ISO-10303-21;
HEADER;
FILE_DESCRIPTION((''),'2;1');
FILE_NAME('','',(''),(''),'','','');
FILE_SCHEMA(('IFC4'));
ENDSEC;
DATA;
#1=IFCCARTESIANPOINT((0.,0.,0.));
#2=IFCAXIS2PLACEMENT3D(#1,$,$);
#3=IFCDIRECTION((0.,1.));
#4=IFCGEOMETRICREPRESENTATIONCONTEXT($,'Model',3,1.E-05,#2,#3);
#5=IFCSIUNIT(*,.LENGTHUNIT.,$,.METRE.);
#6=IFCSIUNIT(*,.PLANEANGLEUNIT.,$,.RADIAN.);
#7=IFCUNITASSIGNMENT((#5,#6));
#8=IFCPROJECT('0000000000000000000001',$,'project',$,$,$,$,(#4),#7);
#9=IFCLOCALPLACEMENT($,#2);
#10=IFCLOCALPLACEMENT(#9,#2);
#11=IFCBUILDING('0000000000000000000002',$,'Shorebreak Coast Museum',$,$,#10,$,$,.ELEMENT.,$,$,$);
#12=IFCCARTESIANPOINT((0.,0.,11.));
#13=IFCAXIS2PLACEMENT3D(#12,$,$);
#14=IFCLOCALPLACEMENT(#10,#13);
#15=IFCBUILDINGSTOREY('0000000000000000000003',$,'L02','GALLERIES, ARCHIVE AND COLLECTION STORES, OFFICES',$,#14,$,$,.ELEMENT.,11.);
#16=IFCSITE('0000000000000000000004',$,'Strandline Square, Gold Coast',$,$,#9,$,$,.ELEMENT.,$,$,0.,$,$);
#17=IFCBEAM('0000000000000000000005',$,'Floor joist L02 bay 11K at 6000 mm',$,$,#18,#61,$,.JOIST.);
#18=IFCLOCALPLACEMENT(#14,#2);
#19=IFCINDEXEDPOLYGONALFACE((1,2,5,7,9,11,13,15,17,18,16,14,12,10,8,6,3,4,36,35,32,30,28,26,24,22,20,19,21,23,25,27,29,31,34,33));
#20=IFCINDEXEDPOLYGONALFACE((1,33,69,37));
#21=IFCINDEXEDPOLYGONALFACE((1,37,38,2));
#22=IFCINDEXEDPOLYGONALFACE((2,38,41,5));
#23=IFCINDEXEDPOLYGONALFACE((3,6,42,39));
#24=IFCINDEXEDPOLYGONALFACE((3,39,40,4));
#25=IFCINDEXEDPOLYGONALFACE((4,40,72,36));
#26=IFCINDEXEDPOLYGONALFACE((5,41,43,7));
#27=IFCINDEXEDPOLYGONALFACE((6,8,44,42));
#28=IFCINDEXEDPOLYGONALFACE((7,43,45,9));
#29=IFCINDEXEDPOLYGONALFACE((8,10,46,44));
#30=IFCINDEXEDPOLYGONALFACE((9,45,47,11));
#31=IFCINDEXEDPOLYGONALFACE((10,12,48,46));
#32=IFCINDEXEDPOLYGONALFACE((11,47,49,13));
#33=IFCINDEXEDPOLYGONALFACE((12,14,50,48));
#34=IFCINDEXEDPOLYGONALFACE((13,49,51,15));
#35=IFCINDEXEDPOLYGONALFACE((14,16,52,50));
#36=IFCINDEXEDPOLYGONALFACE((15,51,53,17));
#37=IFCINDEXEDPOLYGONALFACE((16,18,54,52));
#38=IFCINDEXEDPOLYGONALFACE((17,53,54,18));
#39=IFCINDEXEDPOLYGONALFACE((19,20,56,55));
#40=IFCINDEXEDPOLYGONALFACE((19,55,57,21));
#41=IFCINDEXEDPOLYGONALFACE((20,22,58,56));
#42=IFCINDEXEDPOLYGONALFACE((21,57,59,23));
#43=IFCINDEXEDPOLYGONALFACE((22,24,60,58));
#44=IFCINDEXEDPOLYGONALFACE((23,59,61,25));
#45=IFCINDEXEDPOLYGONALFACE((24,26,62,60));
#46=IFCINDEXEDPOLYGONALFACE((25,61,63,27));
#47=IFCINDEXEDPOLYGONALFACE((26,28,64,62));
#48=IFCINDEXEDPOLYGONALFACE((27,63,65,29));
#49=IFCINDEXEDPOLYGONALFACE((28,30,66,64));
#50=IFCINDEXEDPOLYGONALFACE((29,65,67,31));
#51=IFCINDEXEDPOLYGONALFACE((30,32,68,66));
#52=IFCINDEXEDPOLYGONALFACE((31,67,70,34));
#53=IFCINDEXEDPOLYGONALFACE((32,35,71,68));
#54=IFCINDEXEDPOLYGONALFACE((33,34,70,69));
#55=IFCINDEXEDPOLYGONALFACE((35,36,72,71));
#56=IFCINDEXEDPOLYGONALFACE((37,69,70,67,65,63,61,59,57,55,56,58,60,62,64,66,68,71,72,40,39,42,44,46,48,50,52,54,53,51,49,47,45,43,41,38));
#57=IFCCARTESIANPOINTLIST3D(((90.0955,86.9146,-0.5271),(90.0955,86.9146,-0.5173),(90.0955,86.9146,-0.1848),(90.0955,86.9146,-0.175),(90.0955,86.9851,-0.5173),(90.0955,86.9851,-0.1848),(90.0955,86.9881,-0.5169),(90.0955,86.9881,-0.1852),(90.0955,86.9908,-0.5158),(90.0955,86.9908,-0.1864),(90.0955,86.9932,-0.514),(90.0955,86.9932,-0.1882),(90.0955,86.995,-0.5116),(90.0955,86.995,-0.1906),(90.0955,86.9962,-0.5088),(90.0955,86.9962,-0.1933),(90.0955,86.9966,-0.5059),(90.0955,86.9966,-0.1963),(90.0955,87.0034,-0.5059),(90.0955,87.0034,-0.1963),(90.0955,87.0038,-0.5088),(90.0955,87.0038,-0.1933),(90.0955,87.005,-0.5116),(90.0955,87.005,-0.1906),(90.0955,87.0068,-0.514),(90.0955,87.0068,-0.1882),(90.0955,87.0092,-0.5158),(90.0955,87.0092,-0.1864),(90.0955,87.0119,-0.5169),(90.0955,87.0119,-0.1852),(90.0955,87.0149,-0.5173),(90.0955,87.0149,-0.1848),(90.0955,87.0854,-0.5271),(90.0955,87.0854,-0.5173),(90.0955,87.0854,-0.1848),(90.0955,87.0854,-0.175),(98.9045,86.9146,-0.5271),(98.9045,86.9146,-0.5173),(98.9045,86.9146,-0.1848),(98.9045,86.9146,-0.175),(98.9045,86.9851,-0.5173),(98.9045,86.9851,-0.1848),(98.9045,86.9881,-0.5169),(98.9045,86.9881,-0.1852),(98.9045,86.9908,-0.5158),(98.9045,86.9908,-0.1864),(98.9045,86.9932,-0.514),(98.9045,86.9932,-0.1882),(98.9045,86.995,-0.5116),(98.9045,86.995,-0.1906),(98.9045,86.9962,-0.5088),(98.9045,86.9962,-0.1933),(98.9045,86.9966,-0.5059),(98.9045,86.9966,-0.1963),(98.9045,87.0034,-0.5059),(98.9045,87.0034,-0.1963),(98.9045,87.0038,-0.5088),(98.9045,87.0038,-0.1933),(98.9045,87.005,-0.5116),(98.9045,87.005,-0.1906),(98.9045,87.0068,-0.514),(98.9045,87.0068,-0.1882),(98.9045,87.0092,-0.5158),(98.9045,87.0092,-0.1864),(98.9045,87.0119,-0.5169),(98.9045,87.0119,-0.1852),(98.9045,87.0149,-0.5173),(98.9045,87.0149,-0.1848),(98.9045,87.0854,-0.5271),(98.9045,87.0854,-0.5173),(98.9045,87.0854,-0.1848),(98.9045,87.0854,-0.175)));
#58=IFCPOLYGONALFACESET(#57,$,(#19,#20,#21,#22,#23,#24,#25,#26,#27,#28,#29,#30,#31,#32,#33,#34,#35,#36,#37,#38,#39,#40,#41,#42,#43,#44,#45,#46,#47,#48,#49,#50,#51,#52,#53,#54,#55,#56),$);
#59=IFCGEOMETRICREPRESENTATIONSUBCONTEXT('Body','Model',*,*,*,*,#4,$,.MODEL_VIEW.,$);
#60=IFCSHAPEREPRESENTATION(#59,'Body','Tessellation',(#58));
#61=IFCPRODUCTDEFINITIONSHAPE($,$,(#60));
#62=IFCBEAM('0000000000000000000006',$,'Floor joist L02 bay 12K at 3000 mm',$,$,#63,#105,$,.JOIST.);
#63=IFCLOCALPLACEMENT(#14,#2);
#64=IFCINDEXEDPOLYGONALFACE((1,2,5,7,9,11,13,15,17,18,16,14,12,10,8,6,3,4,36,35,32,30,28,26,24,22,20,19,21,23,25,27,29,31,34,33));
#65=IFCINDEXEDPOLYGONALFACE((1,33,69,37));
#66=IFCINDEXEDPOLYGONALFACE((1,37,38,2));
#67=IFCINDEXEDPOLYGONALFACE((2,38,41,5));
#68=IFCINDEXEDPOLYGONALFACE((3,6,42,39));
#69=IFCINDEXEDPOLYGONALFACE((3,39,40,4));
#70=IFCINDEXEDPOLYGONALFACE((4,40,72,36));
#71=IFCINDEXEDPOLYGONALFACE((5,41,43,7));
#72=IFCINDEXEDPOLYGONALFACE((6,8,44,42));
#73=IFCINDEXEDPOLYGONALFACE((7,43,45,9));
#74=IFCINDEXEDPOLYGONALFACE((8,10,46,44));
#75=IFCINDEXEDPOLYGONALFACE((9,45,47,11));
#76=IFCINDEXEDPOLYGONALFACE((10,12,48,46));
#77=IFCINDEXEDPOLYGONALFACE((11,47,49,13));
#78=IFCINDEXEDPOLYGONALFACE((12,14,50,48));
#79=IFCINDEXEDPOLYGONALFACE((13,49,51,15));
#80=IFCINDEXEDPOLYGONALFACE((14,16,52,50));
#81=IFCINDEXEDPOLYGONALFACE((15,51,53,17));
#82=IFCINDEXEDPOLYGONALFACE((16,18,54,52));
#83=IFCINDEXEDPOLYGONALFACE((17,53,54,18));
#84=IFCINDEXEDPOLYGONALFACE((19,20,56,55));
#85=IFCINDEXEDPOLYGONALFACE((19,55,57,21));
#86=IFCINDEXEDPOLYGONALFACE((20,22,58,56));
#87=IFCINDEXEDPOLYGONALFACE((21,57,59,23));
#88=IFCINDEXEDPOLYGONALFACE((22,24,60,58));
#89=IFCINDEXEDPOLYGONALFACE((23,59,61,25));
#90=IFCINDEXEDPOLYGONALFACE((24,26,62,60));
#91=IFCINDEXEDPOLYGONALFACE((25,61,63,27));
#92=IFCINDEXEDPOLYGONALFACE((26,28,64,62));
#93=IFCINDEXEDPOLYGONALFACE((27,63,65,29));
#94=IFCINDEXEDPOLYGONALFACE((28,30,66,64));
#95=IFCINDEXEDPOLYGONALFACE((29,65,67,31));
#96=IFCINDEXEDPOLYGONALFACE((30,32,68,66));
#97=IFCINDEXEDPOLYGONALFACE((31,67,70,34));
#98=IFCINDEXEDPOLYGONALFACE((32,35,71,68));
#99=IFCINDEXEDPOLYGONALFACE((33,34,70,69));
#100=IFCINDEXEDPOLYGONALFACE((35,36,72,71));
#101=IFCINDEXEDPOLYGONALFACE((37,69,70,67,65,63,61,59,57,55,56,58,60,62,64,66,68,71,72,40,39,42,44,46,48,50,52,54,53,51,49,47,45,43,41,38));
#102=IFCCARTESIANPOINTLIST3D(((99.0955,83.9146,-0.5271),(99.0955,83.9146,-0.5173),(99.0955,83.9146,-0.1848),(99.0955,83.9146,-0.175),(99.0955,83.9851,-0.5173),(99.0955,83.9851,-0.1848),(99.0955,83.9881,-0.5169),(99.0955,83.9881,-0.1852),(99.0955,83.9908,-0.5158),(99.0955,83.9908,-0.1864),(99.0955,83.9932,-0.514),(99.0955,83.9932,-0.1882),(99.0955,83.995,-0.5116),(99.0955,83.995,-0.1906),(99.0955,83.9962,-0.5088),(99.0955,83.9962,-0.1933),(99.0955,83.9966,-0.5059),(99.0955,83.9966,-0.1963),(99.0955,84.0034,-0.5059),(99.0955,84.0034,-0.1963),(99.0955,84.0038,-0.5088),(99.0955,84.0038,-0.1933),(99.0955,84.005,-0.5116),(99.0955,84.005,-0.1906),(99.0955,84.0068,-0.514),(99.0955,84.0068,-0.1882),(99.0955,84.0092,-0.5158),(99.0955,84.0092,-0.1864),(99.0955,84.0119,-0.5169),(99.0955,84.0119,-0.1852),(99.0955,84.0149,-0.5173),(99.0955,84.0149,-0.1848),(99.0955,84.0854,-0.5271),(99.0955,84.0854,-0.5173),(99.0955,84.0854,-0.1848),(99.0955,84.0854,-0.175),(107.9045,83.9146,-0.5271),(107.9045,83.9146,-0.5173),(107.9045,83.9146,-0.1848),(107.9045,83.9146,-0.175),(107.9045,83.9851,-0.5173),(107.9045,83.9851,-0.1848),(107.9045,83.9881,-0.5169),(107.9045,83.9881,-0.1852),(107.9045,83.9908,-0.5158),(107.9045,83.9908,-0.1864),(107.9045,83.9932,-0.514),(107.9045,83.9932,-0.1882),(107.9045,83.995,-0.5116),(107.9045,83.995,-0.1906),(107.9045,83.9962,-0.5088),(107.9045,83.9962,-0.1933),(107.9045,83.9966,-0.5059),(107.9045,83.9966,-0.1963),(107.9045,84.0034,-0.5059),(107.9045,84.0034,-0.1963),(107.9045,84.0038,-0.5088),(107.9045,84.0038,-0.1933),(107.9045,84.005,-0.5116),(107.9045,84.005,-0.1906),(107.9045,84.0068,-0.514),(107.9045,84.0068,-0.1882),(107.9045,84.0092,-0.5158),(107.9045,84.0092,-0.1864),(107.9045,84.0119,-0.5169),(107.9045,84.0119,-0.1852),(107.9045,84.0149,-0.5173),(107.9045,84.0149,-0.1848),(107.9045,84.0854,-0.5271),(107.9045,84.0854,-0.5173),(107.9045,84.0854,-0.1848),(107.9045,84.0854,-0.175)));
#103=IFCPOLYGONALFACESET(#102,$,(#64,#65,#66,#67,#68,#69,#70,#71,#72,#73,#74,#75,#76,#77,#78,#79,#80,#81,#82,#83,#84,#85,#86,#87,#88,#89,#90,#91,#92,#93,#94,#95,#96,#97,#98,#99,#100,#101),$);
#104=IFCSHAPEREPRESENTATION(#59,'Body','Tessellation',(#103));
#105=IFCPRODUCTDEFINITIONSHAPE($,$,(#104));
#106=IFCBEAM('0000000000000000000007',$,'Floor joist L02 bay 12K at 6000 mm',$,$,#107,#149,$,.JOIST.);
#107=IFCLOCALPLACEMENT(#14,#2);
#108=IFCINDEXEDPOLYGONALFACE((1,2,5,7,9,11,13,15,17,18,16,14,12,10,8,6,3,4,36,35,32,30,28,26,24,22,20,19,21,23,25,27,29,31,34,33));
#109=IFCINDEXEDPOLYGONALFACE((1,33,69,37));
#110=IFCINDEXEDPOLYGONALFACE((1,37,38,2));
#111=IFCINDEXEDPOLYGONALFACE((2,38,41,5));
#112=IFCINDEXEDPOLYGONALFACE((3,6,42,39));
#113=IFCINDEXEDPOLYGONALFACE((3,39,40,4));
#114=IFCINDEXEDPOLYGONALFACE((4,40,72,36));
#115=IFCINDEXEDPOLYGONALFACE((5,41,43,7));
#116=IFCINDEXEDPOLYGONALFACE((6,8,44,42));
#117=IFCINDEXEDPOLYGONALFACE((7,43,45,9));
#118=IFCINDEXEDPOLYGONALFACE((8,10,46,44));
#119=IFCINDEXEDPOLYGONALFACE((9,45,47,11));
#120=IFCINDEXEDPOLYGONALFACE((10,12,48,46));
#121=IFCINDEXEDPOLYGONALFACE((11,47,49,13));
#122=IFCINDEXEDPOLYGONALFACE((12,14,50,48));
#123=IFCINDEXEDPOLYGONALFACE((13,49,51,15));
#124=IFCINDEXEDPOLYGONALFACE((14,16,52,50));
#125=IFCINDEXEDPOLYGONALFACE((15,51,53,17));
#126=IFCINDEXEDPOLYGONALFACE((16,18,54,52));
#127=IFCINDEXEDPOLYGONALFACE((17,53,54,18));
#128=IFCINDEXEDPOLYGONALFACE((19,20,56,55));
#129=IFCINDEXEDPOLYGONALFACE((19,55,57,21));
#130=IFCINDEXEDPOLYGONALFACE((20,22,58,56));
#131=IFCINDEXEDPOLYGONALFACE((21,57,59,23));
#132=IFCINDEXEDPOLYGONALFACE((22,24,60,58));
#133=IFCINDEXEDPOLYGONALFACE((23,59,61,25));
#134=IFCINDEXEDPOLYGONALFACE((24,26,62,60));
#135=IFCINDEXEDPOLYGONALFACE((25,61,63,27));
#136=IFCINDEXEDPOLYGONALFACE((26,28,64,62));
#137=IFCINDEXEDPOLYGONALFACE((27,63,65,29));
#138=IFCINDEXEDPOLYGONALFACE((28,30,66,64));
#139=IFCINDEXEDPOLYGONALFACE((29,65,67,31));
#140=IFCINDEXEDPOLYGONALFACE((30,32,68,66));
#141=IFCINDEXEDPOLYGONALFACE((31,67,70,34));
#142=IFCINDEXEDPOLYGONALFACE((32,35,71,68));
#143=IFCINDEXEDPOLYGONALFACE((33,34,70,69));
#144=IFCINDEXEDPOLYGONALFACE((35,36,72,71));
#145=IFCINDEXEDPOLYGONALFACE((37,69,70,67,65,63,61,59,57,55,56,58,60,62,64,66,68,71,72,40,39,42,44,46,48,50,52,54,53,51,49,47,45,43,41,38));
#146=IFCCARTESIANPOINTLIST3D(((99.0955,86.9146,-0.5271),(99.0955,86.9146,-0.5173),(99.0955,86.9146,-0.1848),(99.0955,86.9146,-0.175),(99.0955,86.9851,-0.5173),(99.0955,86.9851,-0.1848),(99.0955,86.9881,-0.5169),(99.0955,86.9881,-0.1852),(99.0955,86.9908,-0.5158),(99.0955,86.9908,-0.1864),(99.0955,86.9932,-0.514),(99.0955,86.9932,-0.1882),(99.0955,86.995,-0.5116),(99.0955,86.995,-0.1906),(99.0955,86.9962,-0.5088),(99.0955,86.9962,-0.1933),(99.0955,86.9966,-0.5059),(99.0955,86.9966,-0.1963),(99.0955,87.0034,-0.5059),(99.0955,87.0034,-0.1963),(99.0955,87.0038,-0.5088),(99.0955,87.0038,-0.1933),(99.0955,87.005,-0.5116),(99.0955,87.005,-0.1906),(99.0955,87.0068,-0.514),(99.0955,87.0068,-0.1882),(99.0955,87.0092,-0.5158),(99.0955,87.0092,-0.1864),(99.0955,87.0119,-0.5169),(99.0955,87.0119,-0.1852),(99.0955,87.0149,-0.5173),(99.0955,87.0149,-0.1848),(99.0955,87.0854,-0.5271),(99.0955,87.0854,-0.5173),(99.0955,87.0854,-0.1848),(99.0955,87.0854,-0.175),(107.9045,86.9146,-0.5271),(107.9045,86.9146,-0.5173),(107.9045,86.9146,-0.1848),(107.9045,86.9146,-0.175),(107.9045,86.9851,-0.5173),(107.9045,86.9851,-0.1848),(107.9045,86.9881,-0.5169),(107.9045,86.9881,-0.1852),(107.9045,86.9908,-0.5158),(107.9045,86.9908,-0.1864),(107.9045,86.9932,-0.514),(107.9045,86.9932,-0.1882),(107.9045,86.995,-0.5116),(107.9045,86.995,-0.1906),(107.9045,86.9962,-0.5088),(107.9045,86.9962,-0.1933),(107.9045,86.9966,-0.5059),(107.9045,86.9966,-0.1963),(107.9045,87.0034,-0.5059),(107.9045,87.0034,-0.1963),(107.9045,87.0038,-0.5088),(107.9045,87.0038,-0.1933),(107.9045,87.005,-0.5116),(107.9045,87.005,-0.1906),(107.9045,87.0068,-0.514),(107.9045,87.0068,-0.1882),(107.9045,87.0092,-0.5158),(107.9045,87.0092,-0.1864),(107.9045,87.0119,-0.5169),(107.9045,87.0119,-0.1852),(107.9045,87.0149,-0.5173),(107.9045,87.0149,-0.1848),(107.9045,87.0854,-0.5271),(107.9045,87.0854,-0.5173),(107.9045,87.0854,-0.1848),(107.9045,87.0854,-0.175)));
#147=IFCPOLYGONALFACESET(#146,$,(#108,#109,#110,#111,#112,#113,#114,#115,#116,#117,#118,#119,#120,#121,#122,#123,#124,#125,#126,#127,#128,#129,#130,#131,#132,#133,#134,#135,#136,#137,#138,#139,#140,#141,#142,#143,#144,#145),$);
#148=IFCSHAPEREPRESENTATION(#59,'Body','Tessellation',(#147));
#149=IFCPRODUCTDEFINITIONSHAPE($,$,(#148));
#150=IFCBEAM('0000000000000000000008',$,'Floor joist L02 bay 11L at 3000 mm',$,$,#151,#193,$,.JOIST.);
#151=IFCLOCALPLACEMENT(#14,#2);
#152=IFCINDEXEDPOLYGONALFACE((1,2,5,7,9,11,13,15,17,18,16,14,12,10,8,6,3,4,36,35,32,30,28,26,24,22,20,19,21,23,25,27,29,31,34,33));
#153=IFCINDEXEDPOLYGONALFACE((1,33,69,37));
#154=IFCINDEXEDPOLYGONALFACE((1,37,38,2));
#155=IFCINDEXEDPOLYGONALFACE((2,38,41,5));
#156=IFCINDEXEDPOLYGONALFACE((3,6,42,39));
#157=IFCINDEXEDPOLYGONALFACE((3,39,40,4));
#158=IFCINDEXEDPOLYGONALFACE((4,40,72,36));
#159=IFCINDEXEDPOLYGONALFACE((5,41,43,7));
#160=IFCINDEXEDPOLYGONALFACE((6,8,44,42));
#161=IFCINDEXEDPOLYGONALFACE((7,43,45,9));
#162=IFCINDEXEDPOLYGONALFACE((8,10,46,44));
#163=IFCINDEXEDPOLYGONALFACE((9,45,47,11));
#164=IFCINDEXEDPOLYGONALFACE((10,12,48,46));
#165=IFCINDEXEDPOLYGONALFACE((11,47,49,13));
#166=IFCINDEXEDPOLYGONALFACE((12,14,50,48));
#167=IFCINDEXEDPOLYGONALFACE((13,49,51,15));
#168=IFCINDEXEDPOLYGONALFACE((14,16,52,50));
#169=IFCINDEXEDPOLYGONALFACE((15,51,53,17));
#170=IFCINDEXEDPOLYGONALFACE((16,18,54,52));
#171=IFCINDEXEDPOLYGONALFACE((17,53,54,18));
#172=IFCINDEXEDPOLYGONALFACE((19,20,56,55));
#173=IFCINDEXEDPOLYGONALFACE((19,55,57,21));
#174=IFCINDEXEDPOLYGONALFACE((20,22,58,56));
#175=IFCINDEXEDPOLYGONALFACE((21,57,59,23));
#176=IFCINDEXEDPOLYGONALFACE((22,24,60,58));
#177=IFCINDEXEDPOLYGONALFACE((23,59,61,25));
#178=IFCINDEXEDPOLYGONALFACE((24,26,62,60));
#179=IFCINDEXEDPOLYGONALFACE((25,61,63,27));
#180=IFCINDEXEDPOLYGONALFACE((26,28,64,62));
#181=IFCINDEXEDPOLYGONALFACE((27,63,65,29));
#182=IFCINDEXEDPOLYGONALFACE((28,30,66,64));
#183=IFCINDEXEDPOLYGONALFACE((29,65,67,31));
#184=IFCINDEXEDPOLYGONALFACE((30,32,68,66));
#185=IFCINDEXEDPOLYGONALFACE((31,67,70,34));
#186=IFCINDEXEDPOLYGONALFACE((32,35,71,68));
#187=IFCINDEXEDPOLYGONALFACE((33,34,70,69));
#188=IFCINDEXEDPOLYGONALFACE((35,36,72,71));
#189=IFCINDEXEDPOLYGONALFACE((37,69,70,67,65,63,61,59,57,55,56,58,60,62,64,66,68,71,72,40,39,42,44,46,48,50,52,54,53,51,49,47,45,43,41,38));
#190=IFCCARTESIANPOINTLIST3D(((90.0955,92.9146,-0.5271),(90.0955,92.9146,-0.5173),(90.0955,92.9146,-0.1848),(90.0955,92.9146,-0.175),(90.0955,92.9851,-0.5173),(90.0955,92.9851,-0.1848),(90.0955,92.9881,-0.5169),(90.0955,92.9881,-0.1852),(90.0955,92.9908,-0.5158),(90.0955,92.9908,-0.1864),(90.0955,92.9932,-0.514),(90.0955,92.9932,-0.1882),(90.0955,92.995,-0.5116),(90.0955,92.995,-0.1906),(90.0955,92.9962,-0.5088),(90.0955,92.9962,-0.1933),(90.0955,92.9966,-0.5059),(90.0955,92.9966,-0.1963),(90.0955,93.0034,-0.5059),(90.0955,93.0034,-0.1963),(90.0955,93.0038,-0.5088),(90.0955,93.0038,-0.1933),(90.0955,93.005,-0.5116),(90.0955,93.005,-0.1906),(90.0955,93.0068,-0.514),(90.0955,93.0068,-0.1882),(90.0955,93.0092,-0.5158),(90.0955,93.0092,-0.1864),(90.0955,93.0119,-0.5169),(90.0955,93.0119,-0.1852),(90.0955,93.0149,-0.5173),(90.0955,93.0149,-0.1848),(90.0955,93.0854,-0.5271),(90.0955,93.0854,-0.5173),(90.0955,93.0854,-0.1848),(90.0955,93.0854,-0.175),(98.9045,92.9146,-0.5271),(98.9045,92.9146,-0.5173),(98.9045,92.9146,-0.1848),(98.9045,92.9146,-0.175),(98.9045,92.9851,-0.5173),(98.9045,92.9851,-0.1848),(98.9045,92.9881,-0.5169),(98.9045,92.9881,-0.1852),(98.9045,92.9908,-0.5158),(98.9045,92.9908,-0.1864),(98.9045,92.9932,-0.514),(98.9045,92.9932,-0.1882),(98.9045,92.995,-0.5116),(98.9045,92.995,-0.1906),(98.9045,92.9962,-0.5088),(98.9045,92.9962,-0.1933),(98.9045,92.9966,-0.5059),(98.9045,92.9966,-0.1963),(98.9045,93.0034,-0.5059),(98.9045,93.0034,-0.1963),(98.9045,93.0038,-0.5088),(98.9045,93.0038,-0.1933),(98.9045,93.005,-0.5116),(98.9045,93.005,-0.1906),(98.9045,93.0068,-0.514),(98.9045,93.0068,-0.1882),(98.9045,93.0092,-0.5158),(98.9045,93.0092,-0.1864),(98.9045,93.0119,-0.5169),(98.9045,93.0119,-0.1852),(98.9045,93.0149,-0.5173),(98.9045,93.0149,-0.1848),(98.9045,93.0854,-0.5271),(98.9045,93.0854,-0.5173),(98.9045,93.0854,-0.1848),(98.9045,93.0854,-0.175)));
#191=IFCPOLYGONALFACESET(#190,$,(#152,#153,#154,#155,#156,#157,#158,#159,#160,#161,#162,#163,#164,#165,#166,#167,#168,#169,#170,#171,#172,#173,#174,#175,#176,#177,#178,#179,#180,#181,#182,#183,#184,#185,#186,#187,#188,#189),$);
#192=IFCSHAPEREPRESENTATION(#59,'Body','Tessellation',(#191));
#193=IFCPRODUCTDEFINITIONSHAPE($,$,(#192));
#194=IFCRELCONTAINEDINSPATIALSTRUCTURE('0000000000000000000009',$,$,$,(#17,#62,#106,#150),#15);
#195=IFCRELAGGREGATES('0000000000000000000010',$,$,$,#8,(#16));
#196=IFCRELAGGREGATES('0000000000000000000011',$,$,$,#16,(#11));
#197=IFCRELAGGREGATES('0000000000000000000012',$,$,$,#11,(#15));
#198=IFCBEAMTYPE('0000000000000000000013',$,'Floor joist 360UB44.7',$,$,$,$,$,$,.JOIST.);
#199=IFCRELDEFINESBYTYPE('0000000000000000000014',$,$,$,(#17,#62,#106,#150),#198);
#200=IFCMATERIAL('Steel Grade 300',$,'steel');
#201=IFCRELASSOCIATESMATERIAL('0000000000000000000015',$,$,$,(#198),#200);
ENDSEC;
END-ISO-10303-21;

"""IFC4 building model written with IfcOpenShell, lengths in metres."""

from ifc_helpers import new_model, si_unit, direction, frame, origin, origin_2d, place, context, subcontext, project, spatial, i_section, extrude, material, material_profile, profile_set, type_object, element, save


model = new_model("IFC4")

# Units and contexts
model_context = context("Model", 3, precision=1e-05, world=origin(), true_north=direction((0.0, 1.0)))
body_context = subcontext(model_context, "Body", "Model", "MODEL_VIEW")
ifc_project = project(units=[si_unit("LENGTHUNIT", "METRE"), si_unit("PLANEANGLEUNIT", "RADIAN")], contexts=[model_context])

# Site, building, storey
site_placement = place(None, origin())
site = spatial("IfcSite", under=ifc_project, at=site_placement, Name="Strandline Square, Gold Coast", CompositionType="ELEMENT", RefElevation=0.0)
building_placement = place(site_placement, origin())
building = spatial("IfcBuilding", under=site, at=building_placement, Name="Shorebreak Coast Museum", CompositionType="ELEMENT")
storey_placement = place(building_placement, frame((0.0, 0.0, 11.0)))
storey = spatial("IfcBuildingStorey", under=building, at=storey_placement, Name="L02", Description="GALLERIES, ARCHIVE AND COLLECTION STORES, OFFICES", CompositionType="ELEMENT", Elevation=11.0)

# Beams
ifc_material_1 = material(Name="Steel Grade 300", Category="steel")
ifc_material_profile_1 = material_profile(ifc_material_1, i_section(OverallWidth=0.1709, OverallDepth=0.3521, WebThickness=0.0068, FlangeThickness=0.0098, FilletRadius=0.0115, at=origin_2d()), Name="360UB44.7")
ifc_profile_set_1 = profile_set([ifc_material_profile_1], Name="Steel Grade 300")
beam_type_1 = type_object("IfcBeamType", Name="Floor joist 360UB44.7", PredefinedType="JOIST", material=ifc_profile_set_1)
for number, where, z_axis, x_axis, name in (
    (1, (90.0955, 87.0, -0.3511), (1.0, 0.0, 0.0), (0.0, 1.0, 0.0), "Floor joist L02 bay 11K at 6000 mm"),
    (2, (99.0955, 84.0, -0.3511), (1.0, 0.0, 0.0), (0.0, 1.0, 0.0), "Floor joist L02 bay 12K at 3000 mm"),
    (3, (99.0955, 87.0, -0.3511), (1.0, 0.0, 0.0), (0.0, 1.0, 0.0), "Floor joist L02 bay 12K at 6000 mm"),
    (4, (90.0955, 93.0, -0.3511), (1.0, 0.0, 0.0), (0.0, 1.0, 0.0), "Floor joist L02 bay 11L at 3000 mm"),
):
    element("IfcBeam", number, at=place(storey_placement, frame(where, z_axis=z_axis, x_axis=x_axis)), inside=storey, type_object=beam_type_1, Name=name, PredefinedType="JOIST", context=body_context, shape_type="SweptSolid", body=[
        extrude(i_section(OverallWidth=0.1709, OverallDepth=0.3521, WebThickness=0.0068, FlangeThickness=0.0098, FilletRadius=0.0115, at=origin_2d()), origin(), (0.0, 0.0, 1.0), 8.8091),
    ])

save(model, "model.ifc")
